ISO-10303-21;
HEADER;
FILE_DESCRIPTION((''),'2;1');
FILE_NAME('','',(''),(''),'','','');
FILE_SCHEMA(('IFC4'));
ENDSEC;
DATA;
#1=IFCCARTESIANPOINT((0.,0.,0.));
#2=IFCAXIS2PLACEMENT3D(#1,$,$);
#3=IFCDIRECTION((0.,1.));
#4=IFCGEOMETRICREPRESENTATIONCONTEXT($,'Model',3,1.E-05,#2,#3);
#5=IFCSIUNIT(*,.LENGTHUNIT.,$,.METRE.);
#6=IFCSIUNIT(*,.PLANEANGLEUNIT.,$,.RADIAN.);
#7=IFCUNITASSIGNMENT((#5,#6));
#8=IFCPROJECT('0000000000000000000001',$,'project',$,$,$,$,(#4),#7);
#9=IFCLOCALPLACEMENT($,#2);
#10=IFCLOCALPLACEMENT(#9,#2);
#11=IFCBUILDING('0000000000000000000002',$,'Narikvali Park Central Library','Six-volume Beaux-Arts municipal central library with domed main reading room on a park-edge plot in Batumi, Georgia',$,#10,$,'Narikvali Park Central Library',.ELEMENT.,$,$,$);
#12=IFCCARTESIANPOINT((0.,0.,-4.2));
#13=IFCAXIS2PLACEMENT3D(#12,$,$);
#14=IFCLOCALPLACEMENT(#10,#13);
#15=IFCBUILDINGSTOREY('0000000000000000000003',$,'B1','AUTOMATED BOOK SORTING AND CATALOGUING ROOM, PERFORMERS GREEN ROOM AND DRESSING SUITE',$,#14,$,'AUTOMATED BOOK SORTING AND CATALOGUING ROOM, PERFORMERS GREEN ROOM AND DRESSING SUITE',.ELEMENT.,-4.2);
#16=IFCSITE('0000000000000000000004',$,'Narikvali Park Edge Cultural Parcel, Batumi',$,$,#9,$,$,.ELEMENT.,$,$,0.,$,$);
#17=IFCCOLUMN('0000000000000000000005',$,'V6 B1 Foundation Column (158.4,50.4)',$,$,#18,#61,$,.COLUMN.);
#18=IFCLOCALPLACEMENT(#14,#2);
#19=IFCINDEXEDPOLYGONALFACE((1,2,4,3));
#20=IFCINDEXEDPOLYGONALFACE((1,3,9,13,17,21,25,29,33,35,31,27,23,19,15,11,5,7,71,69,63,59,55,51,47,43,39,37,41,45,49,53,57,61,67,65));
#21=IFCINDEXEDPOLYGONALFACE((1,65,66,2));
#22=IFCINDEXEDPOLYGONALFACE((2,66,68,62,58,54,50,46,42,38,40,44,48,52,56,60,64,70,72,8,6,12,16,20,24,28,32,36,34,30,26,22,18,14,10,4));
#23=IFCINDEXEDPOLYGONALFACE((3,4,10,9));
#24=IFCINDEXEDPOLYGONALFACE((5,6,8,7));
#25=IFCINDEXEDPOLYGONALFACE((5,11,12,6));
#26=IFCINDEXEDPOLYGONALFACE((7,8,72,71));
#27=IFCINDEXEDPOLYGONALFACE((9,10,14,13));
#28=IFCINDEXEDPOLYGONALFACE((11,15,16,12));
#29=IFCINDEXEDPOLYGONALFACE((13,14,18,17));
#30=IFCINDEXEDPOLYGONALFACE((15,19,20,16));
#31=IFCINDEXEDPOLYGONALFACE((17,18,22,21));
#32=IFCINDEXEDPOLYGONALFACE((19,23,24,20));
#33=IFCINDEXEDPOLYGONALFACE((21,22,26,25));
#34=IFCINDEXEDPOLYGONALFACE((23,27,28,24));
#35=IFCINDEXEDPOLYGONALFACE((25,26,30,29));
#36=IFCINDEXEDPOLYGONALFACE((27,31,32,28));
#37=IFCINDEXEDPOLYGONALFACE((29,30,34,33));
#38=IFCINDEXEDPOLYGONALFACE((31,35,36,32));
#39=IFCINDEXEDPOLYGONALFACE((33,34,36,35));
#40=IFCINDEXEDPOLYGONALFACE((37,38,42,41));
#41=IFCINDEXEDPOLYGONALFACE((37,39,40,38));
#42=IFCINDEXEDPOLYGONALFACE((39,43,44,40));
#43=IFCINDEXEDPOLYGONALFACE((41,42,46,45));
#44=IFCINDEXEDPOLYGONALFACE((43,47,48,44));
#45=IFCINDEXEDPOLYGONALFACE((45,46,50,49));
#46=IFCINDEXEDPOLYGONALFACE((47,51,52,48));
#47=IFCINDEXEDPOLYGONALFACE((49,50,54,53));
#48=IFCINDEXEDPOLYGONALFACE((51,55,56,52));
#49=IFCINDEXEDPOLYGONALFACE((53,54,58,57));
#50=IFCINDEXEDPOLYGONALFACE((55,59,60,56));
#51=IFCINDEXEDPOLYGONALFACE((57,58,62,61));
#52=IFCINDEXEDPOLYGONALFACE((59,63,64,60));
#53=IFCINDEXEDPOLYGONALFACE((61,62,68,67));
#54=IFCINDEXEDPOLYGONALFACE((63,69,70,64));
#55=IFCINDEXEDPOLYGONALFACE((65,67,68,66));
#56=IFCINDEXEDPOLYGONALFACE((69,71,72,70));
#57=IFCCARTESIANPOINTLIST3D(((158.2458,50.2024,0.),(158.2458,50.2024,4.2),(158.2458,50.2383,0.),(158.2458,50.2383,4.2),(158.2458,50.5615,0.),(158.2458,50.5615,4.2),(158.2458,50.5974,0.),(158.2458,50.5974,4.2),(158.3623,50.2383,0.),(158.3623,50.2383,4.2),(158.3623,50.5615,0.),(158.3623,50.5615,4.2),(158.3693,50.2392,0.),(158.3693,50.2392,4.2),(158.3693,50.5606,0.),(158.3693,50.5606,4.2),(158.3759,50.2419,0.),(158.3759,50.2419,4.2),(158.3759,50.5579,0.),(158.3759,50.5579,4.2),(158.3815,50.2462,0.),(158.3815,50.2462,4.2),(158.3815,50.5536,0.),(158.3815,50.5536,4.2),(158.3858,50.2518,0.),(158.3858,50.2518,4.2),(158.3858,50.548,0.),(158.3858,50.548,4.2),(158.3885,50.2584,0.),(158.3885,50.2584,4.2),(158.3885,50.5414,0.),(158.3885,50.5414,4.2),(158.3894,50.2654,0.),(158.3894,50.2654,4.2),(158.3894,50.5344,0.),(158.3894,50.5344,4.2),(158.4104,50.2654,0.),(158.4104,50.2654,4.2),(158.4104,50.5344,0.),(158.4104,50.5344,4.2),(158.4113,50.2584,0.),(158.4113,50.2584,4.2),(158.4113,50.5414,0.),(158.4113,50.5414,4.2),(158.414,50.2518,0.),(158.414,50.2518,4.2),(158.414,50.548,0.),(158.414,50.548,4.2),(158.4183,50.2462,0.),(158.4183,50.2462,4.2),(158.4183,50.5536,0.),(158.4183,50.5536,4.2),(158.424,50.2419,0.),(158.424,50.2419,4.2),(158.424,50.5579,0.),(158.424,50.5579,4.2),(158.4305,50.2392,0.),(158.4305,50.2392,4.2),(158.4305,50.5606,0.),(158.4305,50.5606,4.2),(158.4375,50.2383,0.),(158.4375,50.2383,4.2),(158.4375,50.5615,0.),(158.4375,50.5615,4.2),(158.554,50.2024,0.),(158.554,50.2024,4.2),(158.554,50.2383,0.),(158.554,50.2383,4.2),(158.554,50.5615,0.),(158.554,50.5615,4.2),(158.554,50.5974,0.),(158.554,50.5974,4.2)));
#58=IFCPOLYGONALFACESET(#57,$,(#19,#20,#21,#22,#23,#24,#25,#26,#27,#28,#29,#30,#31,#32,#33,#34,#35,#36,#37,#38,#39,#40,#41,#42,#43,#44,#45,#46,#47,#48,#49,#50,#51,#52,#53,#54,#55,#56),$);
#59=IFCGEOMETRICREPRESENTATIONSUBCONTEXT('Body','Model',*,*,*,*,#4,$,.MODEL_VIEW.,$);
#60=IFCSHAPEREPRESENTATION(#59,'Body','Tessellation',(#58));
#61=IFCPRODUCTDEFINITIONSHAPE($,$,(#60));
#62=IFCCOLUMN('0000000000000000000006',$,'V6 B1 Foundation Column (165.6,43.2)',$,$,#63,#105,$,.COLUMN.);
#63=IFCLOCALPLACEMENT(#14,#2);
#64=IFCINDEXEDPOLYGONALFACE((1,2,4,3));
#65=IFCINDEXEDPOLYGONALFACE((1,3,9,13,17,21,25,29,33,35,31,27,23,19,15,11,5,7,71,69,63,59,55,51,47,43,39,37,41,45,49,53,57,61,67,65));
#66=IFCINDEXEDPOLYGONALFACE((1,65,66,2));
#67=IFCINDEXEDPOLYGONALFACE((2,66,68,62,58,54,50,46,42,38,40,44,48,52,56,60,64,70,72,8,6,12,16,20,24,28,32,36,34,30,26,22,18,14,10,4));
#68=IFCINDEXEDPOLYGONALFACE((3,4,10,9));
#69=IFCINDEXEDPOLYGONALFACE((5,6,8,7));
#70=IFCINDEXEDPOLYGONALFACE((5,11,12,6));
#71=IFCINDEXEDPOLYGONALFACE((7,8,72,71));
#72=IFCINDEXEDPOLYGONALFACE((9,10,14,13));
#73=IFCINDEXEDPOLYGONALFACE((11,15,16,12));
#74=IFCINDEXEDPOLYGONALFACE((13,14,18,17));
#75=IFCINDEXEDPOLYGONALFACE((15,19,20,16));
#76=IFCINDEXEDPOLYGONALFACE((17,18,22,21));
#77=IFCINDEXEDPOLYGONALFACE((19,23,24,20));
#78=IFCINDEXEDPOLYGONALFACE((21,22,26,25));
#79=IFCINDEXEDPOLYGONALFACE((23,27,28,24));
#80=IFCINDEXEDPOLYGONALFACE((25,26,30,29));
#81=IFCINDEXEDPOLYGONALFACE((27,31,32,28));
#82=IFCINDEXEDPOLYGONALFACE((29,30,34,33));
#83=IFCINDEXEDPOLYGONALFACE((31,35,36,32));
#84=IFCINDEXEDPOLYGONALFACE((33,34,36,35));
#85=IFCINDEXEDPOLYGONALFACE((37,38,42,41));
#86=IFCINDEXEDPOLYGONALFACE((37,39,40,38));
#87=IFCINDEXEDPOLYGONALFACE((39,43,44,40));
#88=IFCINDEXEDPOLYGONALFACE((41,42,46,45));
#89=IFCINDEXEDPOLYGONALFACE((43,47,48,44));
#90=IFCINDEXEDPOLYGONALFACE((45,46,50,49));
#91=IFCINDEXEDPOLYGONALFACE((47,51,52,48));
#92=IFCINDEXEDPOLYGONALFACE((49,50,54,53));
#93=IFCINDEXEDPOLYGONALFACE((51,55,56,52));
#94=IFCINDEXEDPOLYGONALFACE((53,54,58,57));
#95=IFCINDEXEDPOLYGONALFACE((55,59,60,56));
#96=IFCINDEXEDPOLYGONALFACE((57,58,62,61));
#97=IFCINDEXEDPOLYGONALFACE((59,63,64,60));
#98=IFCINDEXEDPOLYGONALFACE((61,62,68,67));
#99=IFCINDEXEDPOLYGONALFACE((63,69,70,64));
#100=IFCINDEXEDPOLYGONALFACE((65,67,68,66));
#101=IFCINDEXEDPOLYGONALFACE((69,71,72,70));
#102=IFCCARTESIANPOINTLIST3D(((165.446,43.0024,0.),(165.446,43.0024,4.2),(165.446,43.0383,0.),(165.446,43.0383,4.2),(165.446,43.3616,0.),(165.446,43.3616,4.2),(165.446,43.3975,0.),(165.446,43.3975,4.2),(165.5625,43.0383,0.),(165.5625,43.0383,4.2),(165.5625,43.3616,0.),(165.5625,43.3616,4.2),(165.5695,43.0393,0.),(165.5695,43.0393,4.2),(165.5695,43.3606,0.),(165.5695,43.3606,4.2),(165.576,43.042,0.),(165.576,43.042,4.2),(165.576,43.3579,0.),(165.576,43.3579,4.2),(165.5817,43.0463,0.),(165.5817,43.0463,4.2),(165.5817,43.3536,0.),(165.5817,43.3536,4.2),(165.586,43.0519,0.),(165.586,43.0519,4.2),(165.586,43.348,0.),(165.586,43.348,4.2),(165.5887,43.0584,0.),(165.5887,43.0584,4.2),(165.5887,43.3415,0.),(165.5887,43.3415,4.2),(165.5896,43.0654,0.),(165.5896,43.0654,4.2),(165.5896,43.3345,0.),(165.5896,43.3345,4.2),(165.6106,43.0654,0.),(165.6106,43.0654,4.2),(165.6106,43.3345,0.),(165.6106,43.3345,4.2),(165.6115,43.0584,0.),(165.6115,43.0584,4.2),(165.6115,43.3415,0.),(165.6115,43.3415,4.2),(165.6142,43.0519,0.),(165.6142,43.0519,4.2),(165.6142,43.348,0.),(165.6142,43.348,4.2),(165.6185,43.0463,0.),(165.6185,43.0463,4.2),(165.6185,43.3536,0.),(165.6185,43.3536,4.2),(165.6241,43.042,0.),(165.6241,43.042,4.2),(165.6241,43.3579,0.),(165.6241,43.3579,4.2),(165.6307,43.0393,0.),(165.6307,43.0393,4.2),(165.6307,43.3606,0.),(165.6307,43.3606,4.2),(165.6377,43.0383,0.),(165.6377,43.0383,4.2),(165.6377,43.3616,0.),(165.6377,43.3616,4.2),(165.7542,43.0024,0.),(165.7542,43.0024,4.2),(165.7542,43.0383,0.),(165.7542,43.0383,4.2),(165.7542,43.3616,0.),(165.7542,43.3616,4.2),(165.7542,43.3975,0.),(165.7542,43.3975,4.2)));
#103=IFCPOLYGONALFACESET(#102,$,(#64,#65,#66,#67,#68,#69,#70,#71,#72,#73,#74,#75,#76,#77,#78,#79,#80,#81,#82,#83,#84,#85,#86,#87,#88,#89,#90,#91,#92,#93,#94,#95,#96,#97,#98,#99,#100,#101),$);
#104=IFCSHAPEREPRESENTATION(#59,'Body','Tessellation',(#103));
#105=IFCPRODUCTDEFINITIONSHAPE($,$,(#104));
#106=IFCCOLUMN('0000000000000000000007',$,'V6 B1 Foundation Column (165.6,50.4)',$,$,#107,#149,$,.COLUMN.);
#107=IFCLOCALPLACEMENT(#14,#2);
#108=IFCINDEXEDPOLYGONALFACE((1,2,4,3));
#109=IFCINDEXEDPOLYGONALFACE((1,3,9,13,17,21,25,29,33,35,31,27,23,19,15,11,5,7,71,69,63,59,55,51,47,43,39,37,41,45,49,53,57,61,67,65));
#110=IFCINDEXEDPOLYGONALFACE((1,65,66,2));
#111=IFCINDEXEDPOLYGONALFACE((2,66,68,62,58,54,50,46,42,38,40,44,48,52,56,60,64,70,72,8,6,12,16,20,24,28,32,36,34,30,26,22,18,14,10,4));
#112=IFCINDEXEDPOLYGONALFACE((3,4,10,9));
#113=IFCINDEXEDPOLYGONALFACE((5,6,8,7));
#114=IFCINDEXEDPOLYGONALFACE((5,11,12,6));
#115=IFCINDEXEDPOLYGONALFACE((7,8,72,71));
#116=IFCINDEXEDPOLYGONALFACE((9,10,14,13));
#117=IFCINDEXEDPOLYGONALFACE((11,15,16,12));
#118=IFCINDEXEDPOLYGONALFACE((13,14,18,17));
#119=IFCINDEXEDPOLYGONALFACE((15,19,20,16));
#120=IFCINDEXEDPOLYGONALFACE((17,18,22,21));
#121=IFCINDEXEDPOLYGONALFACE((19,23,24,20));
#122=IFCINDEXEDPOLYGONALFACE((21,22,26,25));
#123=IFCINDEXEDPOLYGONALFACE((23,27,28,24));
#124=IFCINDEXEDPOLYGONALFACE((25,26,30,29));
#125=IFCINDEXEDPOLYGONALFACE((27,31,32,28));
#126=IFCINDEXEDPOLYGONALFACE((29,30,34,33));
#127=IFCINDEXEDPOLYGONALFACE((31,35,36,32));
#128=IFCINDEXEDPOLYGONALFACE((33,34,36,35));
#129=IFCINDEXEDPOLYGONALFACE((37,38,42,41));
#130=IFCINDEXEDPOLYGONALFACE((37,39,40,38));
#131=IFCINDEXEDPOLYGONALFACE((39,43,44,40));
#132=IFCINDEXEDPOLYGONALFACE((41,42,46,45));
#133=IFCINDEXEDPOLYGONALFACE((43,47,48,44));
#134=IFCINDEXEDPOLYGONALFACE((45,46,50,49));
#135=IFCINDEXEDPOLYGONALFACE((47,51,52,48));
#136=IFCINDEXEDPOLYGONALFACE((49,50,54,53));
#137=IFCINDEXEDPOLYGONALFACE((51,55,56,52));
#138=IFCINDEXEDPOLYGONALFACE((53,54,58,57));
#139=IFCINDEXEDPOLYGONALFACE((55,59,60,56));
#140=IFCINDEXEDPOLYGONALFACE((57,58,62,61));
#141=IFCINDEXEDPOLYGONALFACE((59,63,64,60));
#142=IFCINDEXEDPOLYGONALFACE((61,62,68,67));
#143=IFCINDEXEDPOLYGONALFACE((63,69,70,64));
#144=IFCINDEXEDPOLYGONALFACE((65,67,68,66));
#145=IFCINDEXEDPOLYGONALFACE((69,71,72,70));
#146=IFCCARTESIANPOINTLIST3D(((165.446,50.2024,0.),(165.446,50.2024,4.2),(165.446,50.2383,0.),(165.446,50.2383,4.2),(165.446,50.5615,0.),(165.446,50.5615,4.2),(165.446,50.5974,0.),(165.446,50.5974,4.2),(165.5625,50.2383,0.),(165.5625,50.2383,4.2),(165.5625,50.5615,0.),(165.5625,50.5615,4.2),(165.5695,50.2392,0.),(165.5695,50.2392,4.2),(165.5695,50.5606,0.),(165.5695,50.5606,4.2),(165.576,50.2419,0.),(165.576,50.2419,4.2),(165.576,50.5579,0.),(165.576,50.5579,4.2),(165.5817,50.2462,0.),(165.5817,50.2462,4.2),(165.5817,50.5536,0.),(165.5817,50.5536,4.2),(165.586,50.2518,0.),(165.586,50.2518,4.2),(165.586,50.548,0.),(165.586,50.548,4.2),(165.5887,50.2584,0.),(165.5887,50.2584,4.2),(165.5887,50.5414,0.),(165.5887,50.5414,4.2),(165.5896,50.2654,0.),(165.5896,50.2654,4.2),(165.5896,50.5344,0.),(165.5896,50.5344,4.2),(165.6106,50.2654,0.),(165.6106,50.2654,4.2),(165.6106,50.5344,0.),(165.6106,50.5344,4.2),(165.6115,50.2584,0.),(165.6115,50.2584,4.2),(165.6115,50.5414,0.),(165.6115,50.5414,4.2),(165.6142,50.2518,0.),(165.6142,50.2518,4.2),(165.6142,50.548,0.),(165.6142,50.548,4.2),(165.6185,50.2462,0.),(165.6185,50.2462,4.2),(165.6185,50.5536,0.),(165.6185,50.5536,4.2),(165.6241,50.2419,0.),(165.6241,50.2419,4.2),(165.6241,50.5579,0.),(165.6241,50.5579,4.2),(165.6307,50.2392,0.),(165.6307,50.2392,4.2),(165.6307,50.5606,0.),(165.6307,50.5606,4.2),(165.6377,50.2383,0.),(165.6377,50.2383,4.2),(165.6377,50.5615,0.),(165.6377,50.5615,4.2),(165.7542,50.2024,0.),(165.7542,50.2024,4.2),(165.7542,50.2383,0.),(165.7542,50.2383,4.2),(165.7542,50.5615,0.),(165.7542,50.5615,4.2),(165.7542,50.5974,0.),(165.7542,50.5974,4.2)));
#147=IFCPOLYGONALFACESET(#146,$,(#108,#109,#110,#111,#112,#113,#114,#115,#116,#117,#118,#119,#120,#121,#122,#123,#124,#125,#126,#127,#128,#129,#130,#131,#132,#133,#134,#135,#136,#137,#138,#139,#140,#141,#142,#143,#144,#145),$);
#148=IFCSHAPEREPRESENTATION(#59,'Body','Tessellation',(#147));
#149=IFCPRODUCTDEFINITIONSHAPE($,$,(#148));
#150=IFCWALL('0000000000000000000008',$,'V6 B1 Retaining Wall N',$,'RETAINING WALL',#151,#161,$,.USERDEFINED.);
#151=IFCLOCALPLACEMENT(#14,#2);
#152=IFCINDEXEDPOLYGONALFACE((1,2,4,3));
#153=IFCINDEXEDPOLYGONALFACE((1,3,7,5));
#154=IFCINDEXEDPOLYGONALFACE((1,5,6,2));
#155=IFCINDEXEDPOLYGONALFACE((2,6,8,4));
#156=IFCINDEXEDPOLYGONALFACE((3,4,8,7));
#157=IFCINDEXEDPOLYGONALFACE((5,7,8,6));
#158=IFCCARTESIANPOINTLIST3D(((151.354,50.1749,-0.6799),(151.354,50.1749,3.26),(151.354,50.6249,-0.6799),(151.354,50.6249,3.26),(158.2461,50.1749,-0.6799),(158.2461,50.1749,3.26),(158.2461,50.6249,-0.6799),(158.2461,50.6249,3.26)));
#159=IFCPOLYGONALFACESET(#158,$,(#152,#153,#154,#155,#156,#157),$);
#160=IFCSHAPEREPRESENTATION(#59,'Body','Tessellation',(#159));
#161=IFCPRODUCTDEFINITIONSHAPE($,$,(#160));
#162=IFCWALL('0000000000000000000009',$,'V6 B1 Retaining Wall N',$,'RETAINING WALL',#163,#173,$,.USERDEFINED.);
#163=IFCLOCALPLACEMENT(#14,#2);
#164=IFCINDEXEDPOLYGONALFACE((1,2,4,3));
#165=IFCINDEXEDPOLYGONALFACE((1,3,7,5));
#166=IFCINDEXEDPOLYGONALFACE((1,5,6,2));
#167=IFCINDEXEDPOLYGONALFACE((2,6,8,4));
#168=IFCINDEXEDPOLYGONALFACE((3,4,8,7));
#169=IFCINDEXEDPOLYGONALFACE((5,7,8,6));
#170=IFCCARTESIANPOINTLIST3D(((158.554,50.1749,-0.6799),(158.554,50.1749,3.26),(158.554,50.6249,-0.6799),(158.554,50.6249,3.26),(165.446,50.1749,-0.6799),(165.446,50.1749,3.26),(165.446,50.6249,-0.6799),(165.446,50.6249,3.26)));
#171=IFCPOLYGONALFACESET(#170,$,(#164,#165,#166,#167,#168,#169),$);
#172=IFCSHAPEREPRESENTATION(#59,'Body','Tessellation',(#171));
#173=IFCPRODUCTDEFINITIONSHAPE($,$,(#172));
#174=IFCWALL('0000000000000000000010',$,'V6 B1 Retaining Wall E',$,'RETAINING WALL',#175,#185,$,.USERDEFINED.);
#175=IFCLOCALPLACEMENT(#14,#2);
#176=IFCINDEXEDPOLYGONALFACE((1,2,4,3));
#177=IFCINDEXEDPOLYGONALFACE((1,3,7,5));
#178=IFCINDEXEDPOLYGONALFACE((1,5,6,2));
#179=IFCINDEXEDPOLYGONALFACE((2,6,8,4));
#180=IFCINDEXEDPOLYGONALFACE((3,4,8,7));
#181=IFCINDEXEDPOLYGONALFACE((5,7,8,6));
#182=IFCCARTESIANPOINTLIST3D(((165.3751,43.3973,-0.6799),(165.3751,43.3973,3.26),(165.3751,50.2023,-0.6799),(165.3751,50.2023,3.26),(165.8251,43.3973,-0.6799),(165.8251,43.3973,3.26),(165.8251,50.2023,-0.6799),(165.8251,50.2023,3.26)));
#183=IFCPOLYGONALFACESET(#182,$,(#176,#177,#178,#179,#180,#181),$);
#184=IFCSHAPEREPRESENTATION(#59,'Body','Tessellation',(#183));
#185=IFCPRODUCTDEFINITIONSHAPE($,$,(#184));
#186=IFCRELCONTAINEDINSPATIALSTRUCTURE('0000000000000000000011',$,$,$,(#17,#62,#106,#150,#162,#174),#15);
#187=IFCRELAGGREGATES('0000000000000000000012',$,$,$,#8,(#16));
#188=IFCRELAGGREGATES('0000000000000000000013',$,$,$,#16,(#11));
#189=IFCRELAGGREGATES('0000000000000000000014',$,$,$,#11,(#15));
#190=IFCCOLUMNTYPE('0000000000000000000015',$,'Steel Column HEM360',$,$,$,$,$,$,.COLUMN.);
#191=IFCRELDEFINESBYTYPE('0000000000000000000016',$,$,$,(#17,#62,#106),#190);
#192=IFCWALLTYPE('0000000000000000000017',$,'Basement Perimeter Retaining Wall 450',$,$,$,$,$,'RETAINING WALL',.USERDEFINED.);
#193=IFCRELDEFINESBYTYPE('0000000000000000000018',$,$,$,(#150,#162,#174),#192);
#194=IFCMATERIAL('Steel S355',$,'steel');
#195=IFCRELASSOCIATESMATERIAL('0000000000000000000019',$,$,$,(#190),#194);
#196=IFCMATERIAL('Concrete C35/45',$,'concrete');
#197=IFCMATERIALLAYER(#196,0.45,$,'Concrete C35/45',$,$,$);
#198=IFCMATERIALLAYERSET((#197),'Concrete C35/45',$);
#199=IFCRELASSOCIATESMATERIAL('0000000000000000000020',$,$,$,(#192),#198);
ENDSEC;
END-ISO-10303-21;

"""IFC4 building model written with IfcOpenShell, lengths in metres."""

from ifc_helpers import new_model, si_unit, direction, frame, frame_2d, origin, origin_2d, place, context, subcontext, project, spatial, rectangle, i_section, extrude, material, layer, layer_set, material_profile, profile_set, type_object, element, save


model = new_model("IFC4")

# Units and contexts
model_context = context("Model", 3, precision=1e-05, world=origin(), true_north=direction((0.0, 1.0)))
body_context = subcontext(model_context, "Body", "Model", "MODEL_VIEW")
ifc_project = project(units=[si_unit("LENGTHUNIT", "METRE"), si_unit("PLANEANGLEUNIT", "RADIAN")], contexts=[model_context])

# Site, building, storey
site_placement = place(None, origin())
site = spatial("IfcSite", under=ifc_project, at=site_placement, Name="Narikvali Park Edge Cultural Parcel, Batumi", CompositionType="ELEMENT", RefElevation=0.0)
building_placement = place(site_placement, origin())
building = spatial("IfcBuilding", under=site, at=building_placement, Name="Narikvali Park Central Library", Description="Six-volume Beaux-Arts municipal central library with domed main reading room on a park-edge plot in Batumi, Georgia", LongName="Narikvali Park Central Library", CompositionType="ELEMENT")
storey_placement = place(building_placement, frame((0.0, 0.0, -4.2)))
storey = spatial("IfcBuildingStorey", under=building, at=storey_placement, Name="B1", Description="AUTOMATED BOOK SORTING AND CATALOGUING ROOM, PERFORMERS GREEN ROOM AND DRESSING SUITE", LongName="AUTOMATED BOOK SORTING AND CATALOGUING ROOM, PERFORMERS GREEN ROOM AND DRESSING SUITE", CompositionType="ELEMENT", Elevation=-4.2)

# Shared definitions
ifc_material_1 = material(Name="Concrete C35/45", Category="concrete")

# Columns
ifc_material_2 = material(Name="Steel S355", Category="steel")
ifc_material_profile_1 = material_profile(ifc_material_2, i_section(OverallWidth=0.3081, OverallDepth=0.395, WebThickness=0.021, FlangeThickness=0.0359, FilletRadius=0.0271, at=origin_2d()), Name="HEM 360")
ifc_profile_set_1 = profile_set([ifc_material_profile_1], Name="Steel S355")
column_type = type_object("IfcColumnType", Name="Steel Column HEM360", PredefinedType="COLUMN", material=ifc_profile_set_1)
for number, where, z_axis, x_axis, name in (
    (1, (158.3999, 50.3999, 0.0), (0.0, 0.0, 1.0), (1.0, 0.0, 0.0), "V6 B1 Foundation Column (158.4,50.4)"),
    (2, (165.6001, 43.2, 0.0), (0.0, 0.0, 1.0), (1.0, 0.0, 0.0), "V6 B1 Foundation Column (165.6,43.2)"),
    (3, (165.6001, 50.3999, 0.0), (0.0, 0.0, 1.0), (1.0, 0.0, 0.0), "V6 B1 Foundation Column (165.6,50.4)"),
):
    element("IfcColumn", number, at=place(storey_placement, frame(where, z_axis=z_axis, x_axis=x_axis)), inside=storey, type_object=column_type, Name=name, PredefinedType="COLUMN", context=body_context, shape_type="SweptSolid", body=[
        extrude(i_section(OverallWidth=0.3081, OverallDepth=0.395, WebThickness=0.021, FlangeThickness=0.0359, FilletRadius=0.0271, at=origin_2d()), origin(), (0.0, 0.0, 1.0), 4.2),
    ])

# Walls
ifc_layer_1 = layer(ifc_material_1, 0.45, Name="Concrete C35/45")
ifc_layer_set_1 = layer_set([ifc_layer_1], Name="Concrete C35/45")
wall_type = type_object("IfcWallType", Name="Basement Perimeter Retaining Wall 450", ElementType="RETAINING WALL", PredefinedType="USERDEFINED", material=ifc_layer_set_1)
for number, where, z_axis, x_axis, name in (
    (4, (151.354, 50.3999, -0.6799), (0.0, 0.0, 1.0), (1.0, 0.0, 0.0), "V6 B1 Retaining Wall N"),
    (5, (158.554, 50.3999, -0.6799), (0.0, 0.0, 1.0), (1.0, 0.0, 0.0), "V6 B1 Retaining Wall N"),
):
    element("IfcWall", number, at=place(storey_placement, frame(where, z_axis=z_axis, x_axis=x_axis)), inside=storey, type_object=wall_type, Name=name, ObjectType="RETAINING WALL", PredefinedType="USERDEFINED", context=body_context, shape_type="SweptSolid", body=[
        extrude(rectangle(XDim=6.8921, YDim=0.45, at=frame_2d((3.446, 0.0))), origin(), (0.0, 0.0, 1.0), 3.9399),
    ])
wall_placement = place(storey_placement, frame((165.6001, 43.3975, -0.6799), z_axis=(0.0, 0.0, 1.0), x_axis=(0.0, 1.0, 0.0)))
element("IfcWall", 6, at=wall_placement, inside=storey, type_object=wall_type, Name="V6 B1 Retaining Wall E", ObjectType="RETAINING WALL", PredefinedType="USERDEFINED", context=body_context, shape_type="SweptSolid", body=[
    extrude(rectangle(XDim=6.8049, YDim=0.45, at=frame_2d((3.4023, 0.0))), origin(), (0.0, 0.0, 1.0), 3.9399),
])

save(model, "model.ifc")
